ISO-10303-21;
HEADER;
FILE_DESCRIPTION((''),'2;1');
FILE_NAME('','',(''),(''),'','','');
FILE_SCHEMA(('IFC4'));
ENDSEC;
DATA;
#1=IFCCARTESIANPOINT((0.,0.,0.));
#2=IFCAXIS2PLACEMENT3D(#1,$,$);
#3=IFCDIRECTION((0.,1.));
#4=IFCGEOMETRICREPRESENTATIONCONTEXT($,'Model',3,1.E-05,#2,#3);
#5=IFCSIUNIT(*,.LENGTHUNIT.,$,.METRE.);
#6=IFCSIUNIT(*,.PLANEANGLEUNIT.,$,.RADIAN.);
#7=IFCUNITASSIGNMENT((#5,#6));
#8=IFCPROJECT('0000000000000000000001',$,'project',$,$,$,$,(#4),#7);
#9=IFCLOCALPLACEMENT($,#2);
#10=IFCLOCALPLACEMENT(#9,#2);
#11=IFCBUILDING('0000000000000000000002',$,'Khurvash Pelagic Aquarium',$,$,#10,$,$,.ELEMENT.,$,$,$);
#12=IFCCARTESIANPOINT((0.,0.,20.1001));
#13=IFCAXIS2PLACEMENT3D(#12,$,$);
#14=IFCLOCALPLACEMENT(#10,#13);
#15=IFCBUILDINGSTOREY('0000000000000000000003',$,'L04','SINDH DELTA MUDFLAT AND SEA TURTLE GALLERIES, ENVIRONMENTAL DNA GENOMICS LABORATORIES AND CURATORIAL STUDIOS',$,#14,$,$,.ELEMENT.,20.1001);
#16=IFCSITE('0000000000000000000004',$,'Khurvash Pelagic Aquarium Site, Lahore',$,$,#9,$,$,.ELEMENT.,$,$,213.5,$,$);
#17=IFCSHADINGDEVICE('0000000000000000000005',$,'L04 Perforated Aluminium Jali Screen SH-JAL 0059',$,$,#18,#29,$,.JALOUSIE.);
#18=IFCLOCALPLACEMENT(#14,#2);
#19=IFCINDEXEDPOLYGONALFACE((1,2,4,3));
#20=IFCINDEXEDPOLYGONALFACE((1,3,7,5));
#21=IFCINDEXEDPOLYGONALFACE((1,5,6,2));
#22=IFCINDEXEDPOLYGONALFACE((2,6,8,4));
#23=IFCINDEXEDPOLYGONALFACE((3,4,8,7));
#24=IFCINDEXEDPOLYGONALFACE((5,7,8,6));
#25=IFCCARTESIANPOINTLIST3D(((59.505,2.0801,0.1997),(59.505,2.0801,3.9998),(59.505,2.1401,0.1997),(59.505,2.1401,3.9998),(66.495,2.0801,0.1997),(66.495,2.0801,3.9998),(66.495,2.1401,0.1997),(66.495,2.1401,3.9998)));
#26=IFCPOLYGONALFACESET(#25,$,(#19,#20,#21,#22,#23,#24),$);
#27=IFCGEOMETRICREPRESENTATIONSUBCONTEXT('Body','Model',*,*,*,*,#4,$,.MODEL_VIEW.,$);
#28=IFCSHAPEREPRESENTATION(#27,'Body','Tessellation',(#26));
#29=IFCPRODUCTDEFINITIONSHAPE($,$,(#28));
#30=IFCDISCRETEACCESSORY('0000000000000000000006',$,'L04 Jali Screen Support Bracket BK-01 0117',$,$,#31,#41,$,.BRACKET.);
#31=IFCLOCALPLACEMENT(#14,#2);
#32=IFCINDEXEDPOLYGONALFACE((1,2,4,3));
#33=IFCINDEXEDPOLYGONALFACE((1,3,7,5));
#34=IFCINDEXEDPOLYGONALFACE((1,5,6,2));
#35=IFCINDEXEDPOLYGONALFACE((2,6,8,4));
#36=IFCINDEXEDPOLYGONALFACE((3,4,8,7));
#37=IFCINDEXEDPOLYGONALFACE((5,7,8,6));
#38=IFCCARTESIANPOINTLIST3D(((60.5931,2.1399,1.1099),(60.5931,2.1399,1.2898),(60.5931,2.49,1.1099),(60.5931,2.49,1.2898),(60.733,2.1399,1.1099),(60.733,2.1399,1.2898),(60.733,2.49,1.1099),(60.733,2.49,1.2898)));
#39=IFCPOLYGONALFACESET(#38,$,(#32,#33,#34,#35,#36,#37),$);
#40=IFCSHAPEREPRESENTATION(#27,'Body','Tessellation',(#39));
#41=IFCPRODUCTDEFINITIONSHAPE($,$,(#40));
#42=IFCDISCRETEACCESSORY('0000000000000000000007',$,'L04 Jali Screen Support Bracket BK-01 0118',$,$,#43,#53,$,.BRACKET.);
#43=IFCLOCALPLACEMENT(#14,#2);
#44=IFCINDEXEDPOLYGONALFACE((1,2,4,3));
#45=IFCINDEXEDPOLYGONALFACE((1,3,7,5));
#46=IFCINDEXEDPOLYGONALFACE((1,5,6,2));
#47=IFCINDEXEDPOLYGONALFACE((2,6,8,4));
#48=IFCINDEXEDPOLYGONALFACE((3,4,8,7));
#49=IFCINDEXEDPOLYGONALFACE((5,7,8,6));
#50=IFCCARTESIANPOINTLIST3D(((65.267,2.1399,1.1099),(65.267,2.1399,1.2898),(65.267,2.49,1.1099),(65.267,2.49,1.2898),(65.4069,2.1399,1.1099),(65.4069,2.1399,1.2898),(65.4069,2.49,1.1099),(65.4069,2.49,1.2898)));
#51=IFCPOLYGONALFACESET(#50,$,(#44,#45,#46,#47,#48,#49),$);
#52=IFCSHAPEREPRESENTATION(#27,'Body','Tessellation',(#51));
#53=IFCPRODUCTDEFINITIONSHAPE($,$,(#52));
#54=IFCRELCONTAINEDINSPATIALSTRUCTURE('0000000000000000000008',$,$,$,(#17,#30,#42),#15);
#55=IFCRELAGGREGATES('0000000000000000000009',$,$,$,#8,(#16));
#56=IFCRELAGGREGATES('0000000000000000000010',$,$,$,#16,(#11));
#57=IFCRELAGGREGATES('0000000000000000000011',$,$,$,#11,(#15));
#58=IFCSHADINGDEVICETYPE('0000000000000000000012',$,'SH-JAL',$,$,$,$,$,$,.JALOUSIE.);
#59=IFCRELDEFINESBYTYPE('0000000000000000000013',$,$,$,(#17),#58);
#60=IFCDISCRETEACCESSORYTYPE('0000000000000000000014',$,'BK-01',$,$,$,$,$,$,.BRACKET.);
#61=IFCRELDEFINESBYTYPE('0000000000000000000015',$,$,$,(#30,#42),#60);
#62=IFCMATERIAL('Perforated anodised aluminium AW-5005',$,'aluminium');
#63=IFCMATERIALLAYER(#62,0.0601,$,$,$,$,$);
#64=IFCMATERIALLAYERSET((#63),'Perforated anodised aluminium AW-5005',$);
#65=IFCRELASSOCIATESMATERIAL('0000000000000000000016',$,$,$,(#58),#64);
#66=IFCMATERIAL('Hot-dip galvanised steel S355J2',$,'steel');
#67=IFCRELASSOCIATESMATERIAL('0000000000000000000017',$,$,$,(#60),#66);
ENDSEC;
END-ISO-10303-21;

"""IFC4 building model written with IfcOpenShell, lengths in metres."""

from ifc_helpers import new_model, si_unit, direction, frame, origin, origin_2d, place, context, subcontext, project, spatial, rectangle, extrude, material, layer, layer_set, type_object, element, save


model = new_model("IFC4")

# Units and contexts
model_context = context("Model", 3, precision=1e-05, world=origin(), true_north=direction((0.0, 1.0)))
body_context = subcontext(model_context, "Body", "Model", "MODEL_VIEW")
ifc_project = project(units=[si_unit("LENGTHUNIT", "METRE"), si_unit("PLANEANGLEUNIT", "RADIAN")], contexts=[model_context])

# Site, building, storey
site_placement = place(None, origin())
site = spatial("IfcSite", under=ifc_project, at=site_placement, Name="Khurvash Pelagic Aquarium Site, Lahore", CompositionType="ELEMENT", RefElevation=213.5)
building_placement = place(site_placement, origin())
building = spatial("IfcBuilding", under=site, at=building_placement, Name="Khurvash Pelagic Aquarium", CompositionType="ELEMENT")
storey_placement = place(building_placement, frame((0.0, 0.0, 20.1001)))
storey = spatial("IfcBuildingStorey", under=building, at=storey_placement, Name="L04", Description="SINDH DELTA MUDFLAT AND SEA TURTLE GALLERIES, ENVIRONMENTAL DNA GENOMICS LABORATORIES AND CURATORIAL STUDIOS", CompositionType="ELEMENT", Elevation=20.1001)

# Shading device
ifc_material_1 = material(Name="Perforated anodised aluminium AW-5005", Category="aluminium")
ifc_layer_1 = layer(ifc_material_1, 0.0601)
ifc_layer_set_1 = layer_set([ifc_layer_1], Name="Perforated anodised aluminium AW-5005")
shading_device_type = type_object("IfcShadingDeviceType", Name="SH-JAL", PredefinedType="JALOUSIE", material=ifc_layer_set_1)
shading_device_placement = place(storey_placement, frame((63.0, 2.1101, 0.1997), z_axis=(0.0, 0.0, 1.0), x_axis=(1.0, 0.0, 0.0)))
element("IfcShadingDevice", 1, at=shading_device_placement, inside=storey, type_object=shading_device_type, Name="L04 Perforated Aluminium Jali Screen SH-JAL 0059", PredefinedType="JALOUSIE", context=body_context, shape_type="SweptSolid", body=[
    extrude(rectangle(XDim=6.99, YDim=0.0601, at=origin_2d()), origin(), (0.0, 0.0, 1.0), 3.8),
])

# Discrete accessories
ifc_material_2 = material(Name="Hot-dip galvanised steel S355J2", Category="steel")
discrete_accessory_type = type_object("IfcDiscreteAccessoryType", Name="BK-01", PredefinedType="BRACKET", material=ifc_material_2)
for number, where, z_axis, x_axis, name in (
    (2, (60.6631, 2.3149, 1.1099), (0.0, 0.0, 1.0), (1.0, 0.0, 0.0), "L04 Jali Screen Support Bracket BK-01 0117"),
    (3, (65.3369, 2.3149, 1.1099), (0.0, 0.0, 1.0), (1.0, 0.0, 0.0), "L04 Jali Screen Support Bracket BK-01 0118"),
):
    element("IfcDiscreteAccessory", number, at=place(storey_placement, frame(where, z_axis=z_axis, x_axis=x_axis)), inside=storey, type_object=discrete_accessory_type, Name=name, PredefinedType="BRACKET", context=body_context, shape_type="SweptSolid", body=[
        extrude(rectangle(XDim=0.1399, YDim=0.3501, at=origin_2d()), origin(), (0.0, 0.0, 1.0), 0.1799),
    ])

save(model, "model.ifc")
